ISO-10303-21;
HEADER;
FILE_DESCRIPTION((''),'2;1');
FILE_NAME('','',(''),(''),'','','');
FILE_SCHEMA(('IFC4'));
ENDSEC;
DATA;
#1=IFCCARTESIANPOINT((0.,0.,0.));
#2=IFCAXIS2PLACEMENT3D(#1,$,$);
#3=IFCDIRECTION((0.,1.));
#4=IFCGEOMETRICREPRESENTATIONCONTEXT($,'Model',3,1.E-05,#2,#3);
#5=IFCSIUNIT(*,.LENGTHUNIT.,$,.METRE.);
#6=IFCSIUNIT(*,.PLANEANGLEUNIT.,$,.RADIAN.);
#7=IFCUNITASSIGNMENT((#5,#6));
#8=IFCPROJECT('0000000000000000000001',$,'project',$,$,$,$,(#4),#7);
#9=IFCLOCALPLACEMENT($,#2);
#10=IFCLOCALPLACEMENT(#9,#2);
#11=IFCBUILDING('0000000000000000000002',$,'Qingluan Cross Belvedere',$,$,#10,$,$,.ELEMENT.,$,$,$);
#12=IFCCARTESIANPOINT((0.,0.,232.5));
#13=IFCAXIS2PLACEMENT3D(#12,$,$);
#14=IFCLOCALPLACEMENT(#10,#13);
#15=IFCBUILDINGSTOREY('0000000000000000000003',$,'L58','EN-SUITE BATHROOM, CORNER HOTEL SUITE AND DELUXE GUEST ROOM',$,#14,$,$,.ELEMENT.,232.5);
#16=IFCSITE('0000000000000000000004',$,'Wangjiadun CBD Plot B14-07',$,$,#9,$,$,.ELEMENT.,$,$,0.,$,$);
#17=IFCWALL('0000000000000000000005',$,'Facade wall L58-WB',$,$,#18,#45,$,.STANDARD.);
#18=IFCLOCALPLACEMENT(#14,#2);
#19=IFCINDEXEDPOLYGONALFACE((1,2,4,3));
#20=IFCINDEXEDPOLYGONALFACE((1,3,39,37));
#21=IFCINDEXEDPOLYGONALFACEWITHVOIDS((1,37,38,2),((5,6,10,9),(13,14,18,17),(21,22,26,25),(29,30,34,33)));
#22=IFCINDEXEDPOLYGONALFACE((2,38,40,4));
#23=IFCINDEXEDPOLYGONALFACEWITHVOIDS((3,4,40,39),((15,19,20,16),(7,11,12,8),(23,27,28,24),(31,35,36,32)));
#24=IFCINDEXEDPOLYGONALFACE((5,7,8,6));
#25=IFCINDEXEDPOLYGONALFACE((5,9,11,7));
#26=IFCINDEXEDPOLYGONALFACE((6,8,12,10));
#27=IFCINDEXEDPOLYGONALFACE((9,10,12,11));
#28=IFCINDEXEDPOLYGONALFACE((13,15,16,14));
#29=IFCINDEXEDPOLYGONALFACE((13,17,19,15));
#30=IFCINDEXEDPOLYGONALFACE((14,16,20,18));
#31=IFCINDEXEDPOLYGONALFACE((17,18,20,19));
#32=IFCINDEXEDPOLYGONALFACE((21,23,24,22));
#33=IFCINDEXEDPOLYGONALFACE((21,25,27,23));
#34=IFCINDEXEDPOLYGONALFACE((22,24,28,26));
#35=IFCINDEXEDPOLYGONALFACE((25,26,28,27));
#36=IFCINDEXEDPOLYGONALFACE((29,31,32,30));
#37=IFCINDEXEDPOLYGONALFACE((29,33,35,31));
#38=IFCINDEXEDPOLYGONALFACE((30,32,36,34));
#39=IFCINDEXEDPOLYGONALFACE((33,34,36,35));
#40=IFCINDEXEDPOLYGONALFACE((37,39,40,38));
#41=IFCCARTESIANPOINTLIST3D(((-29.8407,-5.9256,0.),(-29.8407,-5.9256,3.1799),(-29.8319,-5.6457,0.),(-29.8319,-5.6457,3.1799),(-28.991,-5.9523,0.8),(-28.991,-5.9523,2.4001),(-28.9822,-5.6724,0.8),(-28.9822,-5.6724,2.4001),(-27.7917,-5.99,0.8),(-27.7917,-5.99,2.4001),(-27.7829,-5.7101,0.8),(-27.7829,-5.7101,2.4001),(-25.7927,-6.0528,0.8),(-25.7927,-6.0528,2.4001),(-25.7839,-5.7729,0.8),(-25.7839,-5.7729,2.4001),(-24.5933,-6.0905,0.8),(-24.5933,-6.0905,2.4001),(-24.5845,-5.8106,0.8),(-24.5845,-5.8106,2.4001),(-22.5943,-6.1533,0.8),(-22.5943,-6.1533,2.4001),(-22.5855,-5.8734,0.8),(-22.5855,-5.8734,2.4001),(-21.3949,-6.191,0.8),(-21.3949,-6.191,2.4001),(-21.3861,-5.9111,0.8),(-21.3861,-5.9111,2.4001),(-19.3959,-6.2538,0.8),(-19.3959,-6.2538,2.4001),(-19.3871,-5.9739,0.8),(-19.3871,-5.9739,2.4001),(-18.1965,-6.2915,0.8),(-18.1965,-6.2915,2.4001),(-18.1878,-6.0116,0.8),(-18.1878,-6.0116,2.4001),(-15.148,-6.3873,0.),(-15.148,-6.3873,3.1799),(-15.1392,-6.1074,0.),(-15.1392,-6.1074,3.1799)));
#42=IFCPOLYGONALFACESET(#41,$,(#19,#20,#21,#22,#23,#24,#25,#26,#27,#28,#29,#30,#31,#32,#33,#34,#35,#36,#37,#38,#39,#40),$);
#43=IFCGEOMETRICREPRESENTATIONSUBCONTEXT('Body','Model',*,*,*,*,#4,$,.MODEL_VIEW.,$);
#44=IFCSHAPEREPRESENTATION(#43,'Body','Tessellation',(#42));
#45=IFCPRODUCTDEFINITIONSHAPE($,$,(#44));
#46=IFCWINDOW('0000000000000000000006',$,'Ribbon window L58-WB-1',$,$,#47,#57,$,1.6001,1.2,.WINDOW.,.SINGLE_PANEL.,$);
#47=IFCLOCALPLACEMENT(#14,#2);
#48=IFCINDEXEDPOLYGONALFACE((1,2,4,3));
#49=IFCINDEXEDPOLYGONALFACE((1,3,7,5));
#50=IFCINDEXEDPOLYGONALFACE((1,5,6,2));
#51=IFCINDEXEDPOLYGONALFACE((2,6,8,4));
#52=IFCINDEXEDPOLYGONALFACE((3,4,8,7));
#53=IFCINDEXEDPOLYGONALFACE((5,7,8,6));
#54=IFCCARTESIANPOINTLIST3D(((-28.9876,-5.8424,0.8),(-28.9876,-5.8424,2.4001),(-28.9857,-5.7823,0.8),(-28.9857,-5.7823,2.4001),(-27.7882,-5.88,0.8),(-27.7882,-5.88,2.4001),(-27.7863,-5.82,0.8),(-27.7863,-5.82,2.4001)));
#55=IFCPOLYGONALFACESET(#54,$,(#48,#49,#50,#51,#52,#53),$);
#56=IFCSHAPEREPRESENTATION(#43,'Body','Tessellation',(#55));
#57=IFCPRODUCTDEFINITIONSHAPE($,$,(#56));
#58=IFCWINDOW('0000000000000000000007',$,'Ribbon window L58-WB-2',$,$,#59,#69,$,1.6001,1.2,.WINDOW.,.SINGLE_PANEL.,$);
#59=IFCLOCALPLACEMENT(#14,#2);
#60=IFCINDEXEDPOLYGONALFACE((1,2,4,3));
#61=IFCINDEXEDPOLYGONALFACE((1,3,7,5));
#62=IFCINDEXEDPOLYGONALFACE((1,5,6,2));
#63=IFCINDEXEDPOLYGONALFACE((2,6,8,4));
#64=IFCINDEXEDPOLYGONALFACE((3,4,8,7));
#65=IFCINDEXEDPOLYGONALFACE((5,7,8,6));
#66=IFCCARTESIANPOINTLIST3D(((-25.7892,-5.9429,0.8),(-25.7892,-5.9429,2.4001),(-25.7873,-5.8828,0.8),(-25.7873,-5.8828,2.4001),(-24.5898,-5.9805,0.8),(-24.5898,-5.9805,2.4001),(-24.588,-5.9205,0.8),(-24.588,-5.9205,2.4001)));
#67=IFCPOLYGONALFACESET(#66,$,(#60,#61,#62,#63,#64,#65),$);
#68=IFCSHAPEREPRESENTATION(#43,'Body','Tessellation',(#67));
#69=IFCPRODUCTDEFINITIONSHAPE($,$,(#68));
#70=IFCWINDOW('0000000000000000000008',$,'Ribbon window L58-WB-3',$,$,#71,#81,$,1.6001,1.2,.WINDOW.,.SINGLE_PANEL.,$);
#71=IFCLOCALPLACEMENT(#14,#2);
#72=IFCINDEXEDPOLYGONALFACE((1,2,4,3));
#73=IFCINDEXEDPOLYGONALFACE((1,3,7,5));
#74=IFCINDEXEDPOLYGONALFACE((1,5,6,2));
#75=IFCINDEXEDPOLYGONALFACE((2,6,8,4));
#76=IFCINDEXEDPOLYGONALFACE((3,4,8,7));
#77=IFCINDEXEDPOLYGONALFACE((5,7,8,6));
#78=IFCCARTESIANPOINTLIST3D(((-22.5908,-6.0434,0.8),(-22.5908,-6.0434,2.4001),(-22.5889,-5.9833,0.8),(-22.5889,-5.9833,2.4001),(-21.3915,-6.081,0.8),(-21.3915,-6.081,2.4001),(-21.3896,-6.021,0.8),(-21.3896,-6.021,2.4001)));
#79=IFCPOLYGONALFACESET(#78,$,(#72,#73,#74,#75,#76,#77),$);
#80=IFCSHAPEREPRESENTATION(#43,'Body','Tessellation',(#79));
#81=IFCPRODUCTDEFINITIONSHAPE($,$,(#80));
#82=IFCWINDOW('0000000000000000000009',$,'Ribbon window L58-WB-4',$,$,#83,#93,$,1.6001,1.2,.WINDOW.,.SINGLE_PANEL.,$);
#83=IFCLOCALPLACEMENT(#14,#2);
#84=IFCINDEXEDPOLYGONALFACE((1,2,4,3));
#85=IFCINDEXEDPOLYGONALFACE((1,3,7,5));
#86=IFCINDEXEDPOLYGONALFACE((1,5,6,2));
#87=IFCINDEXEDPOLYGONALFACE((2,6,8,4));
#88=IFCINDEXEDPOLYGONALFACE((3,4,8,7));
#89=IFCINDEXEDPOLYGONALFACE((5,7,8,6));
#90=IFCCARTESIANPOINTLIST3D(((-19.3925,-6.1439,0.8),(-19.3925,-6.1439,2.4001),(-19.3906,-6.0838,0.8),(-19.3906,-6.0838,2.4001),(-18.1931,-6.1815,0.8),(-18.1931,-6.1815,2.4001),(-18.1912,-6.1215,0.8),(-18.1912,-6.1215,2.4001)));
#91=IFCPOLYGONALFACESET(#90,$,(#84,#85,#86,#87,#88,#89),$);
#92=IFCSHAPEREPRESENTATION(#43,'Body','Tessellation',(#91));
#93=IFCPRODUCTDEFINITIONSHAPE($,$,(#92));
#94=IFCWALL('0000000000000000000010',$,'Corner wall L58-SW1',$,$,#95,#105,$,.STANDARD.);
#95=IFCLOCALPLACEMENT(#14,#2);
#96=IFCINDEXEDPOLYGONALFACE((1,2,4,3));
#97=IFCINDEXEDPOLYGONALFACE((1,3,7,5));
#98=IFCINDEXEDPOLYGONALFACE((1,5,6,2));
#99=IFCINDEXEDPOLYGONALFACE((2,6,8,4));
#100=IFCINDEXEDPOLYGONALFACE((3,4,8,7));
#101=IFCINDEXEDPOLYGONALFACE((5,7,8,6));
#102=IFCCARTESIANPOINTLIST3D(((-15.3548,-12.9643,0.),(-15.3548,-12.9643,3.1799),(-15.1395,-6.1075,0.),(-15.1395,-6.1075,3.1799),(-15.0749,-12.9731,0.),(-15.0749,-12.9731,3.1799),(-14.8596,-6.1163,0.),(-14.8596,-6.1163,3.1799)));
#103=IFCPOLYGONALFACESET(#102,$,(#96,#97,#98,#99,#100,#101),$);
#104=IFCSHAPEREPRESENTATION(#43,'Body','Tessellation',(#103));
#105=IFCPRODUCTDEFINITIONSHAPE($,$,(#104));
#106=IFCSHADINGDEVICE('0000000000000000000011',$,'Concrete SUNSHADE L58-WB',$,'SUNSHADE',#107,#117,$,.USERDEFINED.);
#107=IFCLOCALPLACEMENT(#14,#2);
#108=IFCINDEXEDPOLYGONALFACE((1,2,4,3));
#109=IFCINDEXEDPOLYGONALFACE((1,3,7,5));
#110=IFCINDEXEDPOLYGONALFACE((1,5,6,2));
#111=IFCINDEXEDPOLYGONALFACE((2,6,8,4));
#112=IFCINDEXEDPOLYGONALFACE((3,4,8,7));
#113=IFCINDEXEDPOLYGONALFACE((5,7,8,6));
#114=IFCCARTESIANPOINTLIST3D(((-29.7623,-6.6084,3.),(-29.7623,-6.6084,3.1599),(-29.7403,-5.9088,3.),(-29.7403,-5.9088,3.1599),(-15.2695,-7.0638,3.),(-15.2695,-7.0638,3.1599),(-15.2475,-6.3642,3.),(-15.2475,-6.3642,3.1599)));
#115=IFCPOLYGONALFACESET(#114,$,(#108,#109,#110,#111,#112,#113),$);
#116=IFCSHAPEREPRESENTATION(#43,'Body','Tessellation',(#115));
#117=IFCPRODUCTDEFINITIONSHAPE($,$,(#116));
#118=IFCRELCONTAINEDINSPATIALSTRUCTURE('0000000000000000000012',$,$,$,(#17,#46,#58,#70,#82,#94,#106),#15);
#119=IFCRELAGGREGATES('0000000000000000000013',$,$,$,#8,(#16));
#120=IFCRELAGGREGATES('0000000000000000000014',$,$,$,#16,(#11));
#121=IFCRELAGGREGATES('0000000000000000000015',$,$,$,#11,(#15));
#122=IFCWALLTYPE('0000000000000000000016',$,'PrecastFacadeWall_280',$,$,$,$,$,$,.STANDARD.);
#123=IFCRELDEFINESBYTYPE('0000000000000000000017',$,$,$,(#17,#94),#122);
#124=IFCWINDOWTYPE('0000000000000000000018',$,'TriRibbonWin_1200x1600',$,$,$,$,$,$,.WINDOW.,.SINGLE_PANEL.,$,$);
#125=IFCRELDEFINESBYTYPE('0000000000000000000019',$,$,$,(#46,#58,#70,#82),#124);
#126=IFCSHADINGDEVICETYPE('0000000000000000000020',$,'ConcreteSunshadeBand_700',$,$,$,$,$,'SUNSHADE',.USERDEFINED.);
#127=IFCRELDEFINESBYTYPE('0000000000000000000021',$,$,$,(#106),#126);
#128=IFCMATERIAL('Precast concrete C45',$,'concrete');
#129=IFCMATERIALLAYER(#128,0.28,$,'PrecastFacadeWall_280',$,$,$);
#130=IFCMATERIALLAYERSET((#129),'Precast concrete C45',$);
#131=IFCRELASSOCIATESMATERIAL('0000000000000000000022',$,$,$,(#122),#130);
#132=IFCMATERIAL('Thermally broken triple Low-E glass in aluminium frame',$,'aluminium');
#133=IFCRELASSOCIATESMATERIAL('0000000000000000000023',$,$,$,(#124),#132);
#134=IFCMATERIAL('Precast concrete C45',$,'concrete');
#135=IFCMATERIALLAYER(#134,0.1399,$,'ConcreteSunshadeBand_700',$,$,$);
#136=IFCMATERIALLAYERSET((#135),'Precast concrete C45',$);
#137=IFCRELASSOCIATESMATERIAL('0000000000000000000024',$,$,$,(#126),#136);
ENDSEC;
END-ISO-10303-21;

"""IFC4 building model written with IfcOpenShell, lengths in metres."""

from ifc_helpers import new_model, si_unit, direction, frame, frame_2d, origin, origin_2d, place, context, subcontext, project, spatial, rectangle, extrude, material, layer, layer_set, type_object, element, fill, save


model = new_model("IFC4")

# Units and contexts
model_context = context("Model", 3, precision=1e-05, world=origin(), true_north=direction((0.0, 1.0)))
body_context = subcontext(model_context, "Body", "Model", "MODEL_VIEW")
ifc_project = project(units=[si_unit("LENGTHUNIT", "METRE"), si_unit("PLANEANGLEUNIT", "RADIAN")], contexts=[model_context])

# Site, building, storey
site_placement = place(None, origin())
site = spatial("IfcSite", under=ifc_project, at=site_placement, Name="Wangjiadun CBD Plot B14-07", CompositionType="ELEMENT", RefElevation=0.0)
building_placement = place(site_placement, origin())
building = spatial("IfcBuilding", under=site, at=building_placement, Name="Qingluan Cross Belvedere", CompositionType="ELEMENT")
storey_placement = place(building_placement, frame((0.0, 0.0, 232.5)))
storey = spatial("IfcBuildingStorey", under=building, at=storey_placement, Name="L58", Description="EN-SUITE BATHROOM, CORNER HOTEL SUITE AND DELUXE GUEST ROOM", CompositionType="ELEMENT", Elevation=232.5)

# Wall, openings, windows
ifc_material_1 = material(Name="Precast concrete C45", Category="concrete")
ifc_layer_1 = layer(ifc_material_1, 0.28, Name="PrecastFacadeWall_280")
ifc_layer_set_1 = layer_set([ifc_layer_1], Name="Precast concrete C45")
wall_type_1 = type_object("IfcWallType", Name="PrecastFacadeWall_280", PredefinedType="STANDARD", material=ifc_layer_set_1)
wall_1_placement = place(storey_placement, frame((-29.8364, -5.7856, 0.0), z_axis=(0.0, 0.0, 1.0), x_axis=(0.999507, -0.031406, 0.0)))
wall_1 = element("IfcWall", 1, at=wall_1_placement, inside=storey, type_object=wall_type_1, Name="Facade wall L58-WB", PredefinedType="STANDARD", context=body_context, shape_type="SweptSolid", body=[
    extrude(rectangle(XDim=14.7, YDim=0.28, at=frame_2d((7.3501, 0.0))), origin(), (0.0, 0.0, 1.0), 3.1799),
])
opening_1_placement = place(wall_1_placement, frame((0.8501, 0.0, 0.8)))
opening_1 = element("IfcOpeningElement", 2, at=opening_1_placement, cuts=wall_1, PredefinedType="OPENING", context=body_context, shape_type="SweptSolid", body=[
    extrude(rectangle(XDim=1.2, YDim=1.6001, at=frame_2d((0.6001, 0.8))), frame((0.0, 0.1499, 0.0), z_axis=(0.0, -1.0, 0.0), x_axis=(1.0, 0.0, 0.0)), (0.0, 0.0, 1.0), 0.3),
])
opening_2_placement = place(wall_1_placement, frame((4.05, 0.0, 0.8)))
opening_2 = element("IfcOpeningElement", 3, at=opening_2_placement, cuts=wall_1, PredefinedType="OPENING", context=body_context, shape_type="SweptSolid", body=[
    extrude(rectangle(XDim=1.2, YDim=1.6001, at=frame_2d((0.6001, 0.8))), frame((0.0, 0.1499, 0.0), z_axis=(0.0, -1.0, 0.0), x_axis=(1.0, 0.0, 0.0)), (0.0, 0.0, 1.0), 0.3),
])
opening_3_placement = place(wall_1_placement, frame((7.25, 0.0, 0.8)))
opening_3 = element("IfcOpeningElement", 4, at=opening_3_placement, cuts=wall_1, PredefinedType="OPENING", context=body_context, shape_type="SweptSolid", body=[
    extrude(rectangle(XDim=1.2, YDim=1.6001, at=frame_2d((0.6001, 0.8))), frame((0.0, 0.1499, 0.0), z_axis=(0.0, -1.0, 0.0), x_axis=(1.0, 0.0, 0.0)), (0.0, 0.0, 1.0), 0.3),
])
opening_4_placement = place(wall_1_placement, frame((10.45, 0.0, 0.8)))
opening_4 = element("IfcOpeningElement", 5, at=opening_4_placement, cuts=wall_1, PredefinedType="OPENING", context=body_context, shape_type="SweptSolid", body=[
    extrude(rectangle(XDim=1.2, YDim=1.6001, at=frame_2d((0.6001, 0.8))), frame((0.0, 0.1499, 0.0), z_axis=(0.0, -1.0, 0.0), x_axis=(1.0, 0.0, 0.0)), (0.0, 0.0, 1.0), 0.3),
])
ifc_material_2 = material(Name="Thermally broken triple Low-E glass in aluminium frame", Category="aluminium")
window_type = type_object("IfcWindowType", Name="TriRibbonWin_1200x1600", PartitioningType="SINGLE_PANEL", PredefinedType="WINDOW", material=ifc_material_2)
window_1_placement = place(opening_1_placement, origin())
window_1 = element("IfcWindow", 6, at=window_1_placement, inside=storey, type_object=window_type, Name="Ribbon window L58-WB-1", OverallHeight=1.6001, OverallWidth=1.2, PartitioningType="SINGLE_PANEL", PredefinedType="WINDOW", context=body_context, shape_type="SweptSolid", body=[
    extrude(rectangle(XDim=1.2, YDim=1.6001, at=frame_2d((0.6001, 0.8))), frame((0.0, 0.03, 0.0), z_axis=(0.0, -1.0, 0.0), x_axis=(1.0, 0.0, 0.0)), (0.0, 0.0, 1.0), 0.0601),
])
fill(opening_1, window_1)
window_2_placement = place(opening_2_placement, origin())
window_2 = element("IfcWindow", 7, at=window_2_placement, inside=storey, type_object=window_type, Name="Ribbon window L58-WB-2", OverallHeight=1.6001, OverallWidth=1.2, PartitioningType="SINGLE_PANEL", PredefinedType="WINDOW", context=body_context, shape_type="SweptSolid", body=[
    extrude(rectangle(XDim=1.2, YDim=1.6001, at=frame_2d((0.6001, 0.8))), frame((0.0, 0.03, 0.0), z_axis=(0.0, -1.0, 0.0), x_axis=(1.0, 0.0, 0.0)), (0.0, 0.0, 1.0), 0.0601),
])
fill(opening_2, window_2)
window_3_placement = place(opening_3_placement, origin())
window_3 = element("IfcWindow", 8, at=window_3_placement, inside=storey, type_object=window_type, Name="Ribbon window L58-WB-3", OverallHeight=1.6001, OverallWidth=1.2, PartitioningType="SINGLE_PANEL", PredefinedType="WINDOW", context=body_context, shape_type="SweptSolid", body=[
    extrude(rectangle(XDim=1.2, YDim=1.6001, at=frame_2d((0.6001, 0.8))), frame((0.0, 0.03, 0.0), z_axis=(0.0, -1.0, 0.0), x_axis=(1.0, 0.0, 0.0)), (0.0, 0.0, 1.0), 0.0601),
])
fill(opening_3, window_3)
window_4_placement = place(opening_4_placement, origin())
window_4 = element("IfcWindow", 9, at=window_4_placement, inside=storey, type_object=window_type, Name="Ribbon window L58-WB-4", OverallHeight=1.6001, OverallWidth=1.2, PartitioningType="SINGLE_PANEL", PredefinedType="WINDOW", context=body_context, shape_type="SweptSolid", body=[
    extrude(rectangle(XDim=1.2, YDim=1.6001, at=frame_2d((0.6001, 0.8))), frame((0.0, 0.03, 0.0), z_axis=(0.0, -1.0, 0.0), x_axis=(1.0, 0.0, 0.0)), (0.0, 0.0, 1.0), 0.0601),
])
fill(opening_4, window_4)

# Wall
wall_2_placement = place(storey_placement, frame((-14.9995, -6.1118, 0.0), z_axis=(0.0, 0.0, 1.0), x_axis=(-0.031389, -0.999507, 0.0)))
element("IfcWall", 10, at=wall_2_placement, inside=storey, type_object=wall_type_1, Name="Corner wall L58-SW1", PredefinedType="STANDARD", context=body_context, shape_type="SweptSolid", body=[
    extrude(rectangle(XDim=6.8601, YDim=0.28, at=frame_2d((3.4302, 0.0))), origin(), (0.0, 0.0, 1.0), 3.1799),
])

# Shading device
ifc_material_3 = material(Name="Precast concrete C45", Category="concrete")
ifc_layer_2 = layer(ifc_material_3, 0.1399, Name="ConcreteSunshadeBand_700")
ifc_layer_set_2 = layer_set([ifc_layer_2], Name="Precast concrete C45")
shading_device_type = type_object("IfcShadingDeviceType", Name="ConcreteSunshadeBand_700", ElementType="SUNSHADE", PredefinedType="USERDEFINED", material=ifc_layer_set_2)
shading_device_placement = place(storey_placement, frame((-22.5049, -6.4863, 3.0), z_axis=(0.0, 0.0, 1.0), x_axis=(0.999507, -0.031408, 0.0)))
element("IfcShadingDevice", 11, at=shading_device_placement, inside=storey, type_object=shading_device_type, Name="Concrete SUNSHADE L58-WB", ObjectType="SUNSHADE", PredefinedType="USERDEFINED", context=body_context, shape_type="SweptSolid", body=[
    extrude(rectangle(XDim=14.5, YDim=0.7, at=origin_2d()), origin(), (0.0, 0.0, 1.0), 0.1599),
])

save(model, "model.ifc")
